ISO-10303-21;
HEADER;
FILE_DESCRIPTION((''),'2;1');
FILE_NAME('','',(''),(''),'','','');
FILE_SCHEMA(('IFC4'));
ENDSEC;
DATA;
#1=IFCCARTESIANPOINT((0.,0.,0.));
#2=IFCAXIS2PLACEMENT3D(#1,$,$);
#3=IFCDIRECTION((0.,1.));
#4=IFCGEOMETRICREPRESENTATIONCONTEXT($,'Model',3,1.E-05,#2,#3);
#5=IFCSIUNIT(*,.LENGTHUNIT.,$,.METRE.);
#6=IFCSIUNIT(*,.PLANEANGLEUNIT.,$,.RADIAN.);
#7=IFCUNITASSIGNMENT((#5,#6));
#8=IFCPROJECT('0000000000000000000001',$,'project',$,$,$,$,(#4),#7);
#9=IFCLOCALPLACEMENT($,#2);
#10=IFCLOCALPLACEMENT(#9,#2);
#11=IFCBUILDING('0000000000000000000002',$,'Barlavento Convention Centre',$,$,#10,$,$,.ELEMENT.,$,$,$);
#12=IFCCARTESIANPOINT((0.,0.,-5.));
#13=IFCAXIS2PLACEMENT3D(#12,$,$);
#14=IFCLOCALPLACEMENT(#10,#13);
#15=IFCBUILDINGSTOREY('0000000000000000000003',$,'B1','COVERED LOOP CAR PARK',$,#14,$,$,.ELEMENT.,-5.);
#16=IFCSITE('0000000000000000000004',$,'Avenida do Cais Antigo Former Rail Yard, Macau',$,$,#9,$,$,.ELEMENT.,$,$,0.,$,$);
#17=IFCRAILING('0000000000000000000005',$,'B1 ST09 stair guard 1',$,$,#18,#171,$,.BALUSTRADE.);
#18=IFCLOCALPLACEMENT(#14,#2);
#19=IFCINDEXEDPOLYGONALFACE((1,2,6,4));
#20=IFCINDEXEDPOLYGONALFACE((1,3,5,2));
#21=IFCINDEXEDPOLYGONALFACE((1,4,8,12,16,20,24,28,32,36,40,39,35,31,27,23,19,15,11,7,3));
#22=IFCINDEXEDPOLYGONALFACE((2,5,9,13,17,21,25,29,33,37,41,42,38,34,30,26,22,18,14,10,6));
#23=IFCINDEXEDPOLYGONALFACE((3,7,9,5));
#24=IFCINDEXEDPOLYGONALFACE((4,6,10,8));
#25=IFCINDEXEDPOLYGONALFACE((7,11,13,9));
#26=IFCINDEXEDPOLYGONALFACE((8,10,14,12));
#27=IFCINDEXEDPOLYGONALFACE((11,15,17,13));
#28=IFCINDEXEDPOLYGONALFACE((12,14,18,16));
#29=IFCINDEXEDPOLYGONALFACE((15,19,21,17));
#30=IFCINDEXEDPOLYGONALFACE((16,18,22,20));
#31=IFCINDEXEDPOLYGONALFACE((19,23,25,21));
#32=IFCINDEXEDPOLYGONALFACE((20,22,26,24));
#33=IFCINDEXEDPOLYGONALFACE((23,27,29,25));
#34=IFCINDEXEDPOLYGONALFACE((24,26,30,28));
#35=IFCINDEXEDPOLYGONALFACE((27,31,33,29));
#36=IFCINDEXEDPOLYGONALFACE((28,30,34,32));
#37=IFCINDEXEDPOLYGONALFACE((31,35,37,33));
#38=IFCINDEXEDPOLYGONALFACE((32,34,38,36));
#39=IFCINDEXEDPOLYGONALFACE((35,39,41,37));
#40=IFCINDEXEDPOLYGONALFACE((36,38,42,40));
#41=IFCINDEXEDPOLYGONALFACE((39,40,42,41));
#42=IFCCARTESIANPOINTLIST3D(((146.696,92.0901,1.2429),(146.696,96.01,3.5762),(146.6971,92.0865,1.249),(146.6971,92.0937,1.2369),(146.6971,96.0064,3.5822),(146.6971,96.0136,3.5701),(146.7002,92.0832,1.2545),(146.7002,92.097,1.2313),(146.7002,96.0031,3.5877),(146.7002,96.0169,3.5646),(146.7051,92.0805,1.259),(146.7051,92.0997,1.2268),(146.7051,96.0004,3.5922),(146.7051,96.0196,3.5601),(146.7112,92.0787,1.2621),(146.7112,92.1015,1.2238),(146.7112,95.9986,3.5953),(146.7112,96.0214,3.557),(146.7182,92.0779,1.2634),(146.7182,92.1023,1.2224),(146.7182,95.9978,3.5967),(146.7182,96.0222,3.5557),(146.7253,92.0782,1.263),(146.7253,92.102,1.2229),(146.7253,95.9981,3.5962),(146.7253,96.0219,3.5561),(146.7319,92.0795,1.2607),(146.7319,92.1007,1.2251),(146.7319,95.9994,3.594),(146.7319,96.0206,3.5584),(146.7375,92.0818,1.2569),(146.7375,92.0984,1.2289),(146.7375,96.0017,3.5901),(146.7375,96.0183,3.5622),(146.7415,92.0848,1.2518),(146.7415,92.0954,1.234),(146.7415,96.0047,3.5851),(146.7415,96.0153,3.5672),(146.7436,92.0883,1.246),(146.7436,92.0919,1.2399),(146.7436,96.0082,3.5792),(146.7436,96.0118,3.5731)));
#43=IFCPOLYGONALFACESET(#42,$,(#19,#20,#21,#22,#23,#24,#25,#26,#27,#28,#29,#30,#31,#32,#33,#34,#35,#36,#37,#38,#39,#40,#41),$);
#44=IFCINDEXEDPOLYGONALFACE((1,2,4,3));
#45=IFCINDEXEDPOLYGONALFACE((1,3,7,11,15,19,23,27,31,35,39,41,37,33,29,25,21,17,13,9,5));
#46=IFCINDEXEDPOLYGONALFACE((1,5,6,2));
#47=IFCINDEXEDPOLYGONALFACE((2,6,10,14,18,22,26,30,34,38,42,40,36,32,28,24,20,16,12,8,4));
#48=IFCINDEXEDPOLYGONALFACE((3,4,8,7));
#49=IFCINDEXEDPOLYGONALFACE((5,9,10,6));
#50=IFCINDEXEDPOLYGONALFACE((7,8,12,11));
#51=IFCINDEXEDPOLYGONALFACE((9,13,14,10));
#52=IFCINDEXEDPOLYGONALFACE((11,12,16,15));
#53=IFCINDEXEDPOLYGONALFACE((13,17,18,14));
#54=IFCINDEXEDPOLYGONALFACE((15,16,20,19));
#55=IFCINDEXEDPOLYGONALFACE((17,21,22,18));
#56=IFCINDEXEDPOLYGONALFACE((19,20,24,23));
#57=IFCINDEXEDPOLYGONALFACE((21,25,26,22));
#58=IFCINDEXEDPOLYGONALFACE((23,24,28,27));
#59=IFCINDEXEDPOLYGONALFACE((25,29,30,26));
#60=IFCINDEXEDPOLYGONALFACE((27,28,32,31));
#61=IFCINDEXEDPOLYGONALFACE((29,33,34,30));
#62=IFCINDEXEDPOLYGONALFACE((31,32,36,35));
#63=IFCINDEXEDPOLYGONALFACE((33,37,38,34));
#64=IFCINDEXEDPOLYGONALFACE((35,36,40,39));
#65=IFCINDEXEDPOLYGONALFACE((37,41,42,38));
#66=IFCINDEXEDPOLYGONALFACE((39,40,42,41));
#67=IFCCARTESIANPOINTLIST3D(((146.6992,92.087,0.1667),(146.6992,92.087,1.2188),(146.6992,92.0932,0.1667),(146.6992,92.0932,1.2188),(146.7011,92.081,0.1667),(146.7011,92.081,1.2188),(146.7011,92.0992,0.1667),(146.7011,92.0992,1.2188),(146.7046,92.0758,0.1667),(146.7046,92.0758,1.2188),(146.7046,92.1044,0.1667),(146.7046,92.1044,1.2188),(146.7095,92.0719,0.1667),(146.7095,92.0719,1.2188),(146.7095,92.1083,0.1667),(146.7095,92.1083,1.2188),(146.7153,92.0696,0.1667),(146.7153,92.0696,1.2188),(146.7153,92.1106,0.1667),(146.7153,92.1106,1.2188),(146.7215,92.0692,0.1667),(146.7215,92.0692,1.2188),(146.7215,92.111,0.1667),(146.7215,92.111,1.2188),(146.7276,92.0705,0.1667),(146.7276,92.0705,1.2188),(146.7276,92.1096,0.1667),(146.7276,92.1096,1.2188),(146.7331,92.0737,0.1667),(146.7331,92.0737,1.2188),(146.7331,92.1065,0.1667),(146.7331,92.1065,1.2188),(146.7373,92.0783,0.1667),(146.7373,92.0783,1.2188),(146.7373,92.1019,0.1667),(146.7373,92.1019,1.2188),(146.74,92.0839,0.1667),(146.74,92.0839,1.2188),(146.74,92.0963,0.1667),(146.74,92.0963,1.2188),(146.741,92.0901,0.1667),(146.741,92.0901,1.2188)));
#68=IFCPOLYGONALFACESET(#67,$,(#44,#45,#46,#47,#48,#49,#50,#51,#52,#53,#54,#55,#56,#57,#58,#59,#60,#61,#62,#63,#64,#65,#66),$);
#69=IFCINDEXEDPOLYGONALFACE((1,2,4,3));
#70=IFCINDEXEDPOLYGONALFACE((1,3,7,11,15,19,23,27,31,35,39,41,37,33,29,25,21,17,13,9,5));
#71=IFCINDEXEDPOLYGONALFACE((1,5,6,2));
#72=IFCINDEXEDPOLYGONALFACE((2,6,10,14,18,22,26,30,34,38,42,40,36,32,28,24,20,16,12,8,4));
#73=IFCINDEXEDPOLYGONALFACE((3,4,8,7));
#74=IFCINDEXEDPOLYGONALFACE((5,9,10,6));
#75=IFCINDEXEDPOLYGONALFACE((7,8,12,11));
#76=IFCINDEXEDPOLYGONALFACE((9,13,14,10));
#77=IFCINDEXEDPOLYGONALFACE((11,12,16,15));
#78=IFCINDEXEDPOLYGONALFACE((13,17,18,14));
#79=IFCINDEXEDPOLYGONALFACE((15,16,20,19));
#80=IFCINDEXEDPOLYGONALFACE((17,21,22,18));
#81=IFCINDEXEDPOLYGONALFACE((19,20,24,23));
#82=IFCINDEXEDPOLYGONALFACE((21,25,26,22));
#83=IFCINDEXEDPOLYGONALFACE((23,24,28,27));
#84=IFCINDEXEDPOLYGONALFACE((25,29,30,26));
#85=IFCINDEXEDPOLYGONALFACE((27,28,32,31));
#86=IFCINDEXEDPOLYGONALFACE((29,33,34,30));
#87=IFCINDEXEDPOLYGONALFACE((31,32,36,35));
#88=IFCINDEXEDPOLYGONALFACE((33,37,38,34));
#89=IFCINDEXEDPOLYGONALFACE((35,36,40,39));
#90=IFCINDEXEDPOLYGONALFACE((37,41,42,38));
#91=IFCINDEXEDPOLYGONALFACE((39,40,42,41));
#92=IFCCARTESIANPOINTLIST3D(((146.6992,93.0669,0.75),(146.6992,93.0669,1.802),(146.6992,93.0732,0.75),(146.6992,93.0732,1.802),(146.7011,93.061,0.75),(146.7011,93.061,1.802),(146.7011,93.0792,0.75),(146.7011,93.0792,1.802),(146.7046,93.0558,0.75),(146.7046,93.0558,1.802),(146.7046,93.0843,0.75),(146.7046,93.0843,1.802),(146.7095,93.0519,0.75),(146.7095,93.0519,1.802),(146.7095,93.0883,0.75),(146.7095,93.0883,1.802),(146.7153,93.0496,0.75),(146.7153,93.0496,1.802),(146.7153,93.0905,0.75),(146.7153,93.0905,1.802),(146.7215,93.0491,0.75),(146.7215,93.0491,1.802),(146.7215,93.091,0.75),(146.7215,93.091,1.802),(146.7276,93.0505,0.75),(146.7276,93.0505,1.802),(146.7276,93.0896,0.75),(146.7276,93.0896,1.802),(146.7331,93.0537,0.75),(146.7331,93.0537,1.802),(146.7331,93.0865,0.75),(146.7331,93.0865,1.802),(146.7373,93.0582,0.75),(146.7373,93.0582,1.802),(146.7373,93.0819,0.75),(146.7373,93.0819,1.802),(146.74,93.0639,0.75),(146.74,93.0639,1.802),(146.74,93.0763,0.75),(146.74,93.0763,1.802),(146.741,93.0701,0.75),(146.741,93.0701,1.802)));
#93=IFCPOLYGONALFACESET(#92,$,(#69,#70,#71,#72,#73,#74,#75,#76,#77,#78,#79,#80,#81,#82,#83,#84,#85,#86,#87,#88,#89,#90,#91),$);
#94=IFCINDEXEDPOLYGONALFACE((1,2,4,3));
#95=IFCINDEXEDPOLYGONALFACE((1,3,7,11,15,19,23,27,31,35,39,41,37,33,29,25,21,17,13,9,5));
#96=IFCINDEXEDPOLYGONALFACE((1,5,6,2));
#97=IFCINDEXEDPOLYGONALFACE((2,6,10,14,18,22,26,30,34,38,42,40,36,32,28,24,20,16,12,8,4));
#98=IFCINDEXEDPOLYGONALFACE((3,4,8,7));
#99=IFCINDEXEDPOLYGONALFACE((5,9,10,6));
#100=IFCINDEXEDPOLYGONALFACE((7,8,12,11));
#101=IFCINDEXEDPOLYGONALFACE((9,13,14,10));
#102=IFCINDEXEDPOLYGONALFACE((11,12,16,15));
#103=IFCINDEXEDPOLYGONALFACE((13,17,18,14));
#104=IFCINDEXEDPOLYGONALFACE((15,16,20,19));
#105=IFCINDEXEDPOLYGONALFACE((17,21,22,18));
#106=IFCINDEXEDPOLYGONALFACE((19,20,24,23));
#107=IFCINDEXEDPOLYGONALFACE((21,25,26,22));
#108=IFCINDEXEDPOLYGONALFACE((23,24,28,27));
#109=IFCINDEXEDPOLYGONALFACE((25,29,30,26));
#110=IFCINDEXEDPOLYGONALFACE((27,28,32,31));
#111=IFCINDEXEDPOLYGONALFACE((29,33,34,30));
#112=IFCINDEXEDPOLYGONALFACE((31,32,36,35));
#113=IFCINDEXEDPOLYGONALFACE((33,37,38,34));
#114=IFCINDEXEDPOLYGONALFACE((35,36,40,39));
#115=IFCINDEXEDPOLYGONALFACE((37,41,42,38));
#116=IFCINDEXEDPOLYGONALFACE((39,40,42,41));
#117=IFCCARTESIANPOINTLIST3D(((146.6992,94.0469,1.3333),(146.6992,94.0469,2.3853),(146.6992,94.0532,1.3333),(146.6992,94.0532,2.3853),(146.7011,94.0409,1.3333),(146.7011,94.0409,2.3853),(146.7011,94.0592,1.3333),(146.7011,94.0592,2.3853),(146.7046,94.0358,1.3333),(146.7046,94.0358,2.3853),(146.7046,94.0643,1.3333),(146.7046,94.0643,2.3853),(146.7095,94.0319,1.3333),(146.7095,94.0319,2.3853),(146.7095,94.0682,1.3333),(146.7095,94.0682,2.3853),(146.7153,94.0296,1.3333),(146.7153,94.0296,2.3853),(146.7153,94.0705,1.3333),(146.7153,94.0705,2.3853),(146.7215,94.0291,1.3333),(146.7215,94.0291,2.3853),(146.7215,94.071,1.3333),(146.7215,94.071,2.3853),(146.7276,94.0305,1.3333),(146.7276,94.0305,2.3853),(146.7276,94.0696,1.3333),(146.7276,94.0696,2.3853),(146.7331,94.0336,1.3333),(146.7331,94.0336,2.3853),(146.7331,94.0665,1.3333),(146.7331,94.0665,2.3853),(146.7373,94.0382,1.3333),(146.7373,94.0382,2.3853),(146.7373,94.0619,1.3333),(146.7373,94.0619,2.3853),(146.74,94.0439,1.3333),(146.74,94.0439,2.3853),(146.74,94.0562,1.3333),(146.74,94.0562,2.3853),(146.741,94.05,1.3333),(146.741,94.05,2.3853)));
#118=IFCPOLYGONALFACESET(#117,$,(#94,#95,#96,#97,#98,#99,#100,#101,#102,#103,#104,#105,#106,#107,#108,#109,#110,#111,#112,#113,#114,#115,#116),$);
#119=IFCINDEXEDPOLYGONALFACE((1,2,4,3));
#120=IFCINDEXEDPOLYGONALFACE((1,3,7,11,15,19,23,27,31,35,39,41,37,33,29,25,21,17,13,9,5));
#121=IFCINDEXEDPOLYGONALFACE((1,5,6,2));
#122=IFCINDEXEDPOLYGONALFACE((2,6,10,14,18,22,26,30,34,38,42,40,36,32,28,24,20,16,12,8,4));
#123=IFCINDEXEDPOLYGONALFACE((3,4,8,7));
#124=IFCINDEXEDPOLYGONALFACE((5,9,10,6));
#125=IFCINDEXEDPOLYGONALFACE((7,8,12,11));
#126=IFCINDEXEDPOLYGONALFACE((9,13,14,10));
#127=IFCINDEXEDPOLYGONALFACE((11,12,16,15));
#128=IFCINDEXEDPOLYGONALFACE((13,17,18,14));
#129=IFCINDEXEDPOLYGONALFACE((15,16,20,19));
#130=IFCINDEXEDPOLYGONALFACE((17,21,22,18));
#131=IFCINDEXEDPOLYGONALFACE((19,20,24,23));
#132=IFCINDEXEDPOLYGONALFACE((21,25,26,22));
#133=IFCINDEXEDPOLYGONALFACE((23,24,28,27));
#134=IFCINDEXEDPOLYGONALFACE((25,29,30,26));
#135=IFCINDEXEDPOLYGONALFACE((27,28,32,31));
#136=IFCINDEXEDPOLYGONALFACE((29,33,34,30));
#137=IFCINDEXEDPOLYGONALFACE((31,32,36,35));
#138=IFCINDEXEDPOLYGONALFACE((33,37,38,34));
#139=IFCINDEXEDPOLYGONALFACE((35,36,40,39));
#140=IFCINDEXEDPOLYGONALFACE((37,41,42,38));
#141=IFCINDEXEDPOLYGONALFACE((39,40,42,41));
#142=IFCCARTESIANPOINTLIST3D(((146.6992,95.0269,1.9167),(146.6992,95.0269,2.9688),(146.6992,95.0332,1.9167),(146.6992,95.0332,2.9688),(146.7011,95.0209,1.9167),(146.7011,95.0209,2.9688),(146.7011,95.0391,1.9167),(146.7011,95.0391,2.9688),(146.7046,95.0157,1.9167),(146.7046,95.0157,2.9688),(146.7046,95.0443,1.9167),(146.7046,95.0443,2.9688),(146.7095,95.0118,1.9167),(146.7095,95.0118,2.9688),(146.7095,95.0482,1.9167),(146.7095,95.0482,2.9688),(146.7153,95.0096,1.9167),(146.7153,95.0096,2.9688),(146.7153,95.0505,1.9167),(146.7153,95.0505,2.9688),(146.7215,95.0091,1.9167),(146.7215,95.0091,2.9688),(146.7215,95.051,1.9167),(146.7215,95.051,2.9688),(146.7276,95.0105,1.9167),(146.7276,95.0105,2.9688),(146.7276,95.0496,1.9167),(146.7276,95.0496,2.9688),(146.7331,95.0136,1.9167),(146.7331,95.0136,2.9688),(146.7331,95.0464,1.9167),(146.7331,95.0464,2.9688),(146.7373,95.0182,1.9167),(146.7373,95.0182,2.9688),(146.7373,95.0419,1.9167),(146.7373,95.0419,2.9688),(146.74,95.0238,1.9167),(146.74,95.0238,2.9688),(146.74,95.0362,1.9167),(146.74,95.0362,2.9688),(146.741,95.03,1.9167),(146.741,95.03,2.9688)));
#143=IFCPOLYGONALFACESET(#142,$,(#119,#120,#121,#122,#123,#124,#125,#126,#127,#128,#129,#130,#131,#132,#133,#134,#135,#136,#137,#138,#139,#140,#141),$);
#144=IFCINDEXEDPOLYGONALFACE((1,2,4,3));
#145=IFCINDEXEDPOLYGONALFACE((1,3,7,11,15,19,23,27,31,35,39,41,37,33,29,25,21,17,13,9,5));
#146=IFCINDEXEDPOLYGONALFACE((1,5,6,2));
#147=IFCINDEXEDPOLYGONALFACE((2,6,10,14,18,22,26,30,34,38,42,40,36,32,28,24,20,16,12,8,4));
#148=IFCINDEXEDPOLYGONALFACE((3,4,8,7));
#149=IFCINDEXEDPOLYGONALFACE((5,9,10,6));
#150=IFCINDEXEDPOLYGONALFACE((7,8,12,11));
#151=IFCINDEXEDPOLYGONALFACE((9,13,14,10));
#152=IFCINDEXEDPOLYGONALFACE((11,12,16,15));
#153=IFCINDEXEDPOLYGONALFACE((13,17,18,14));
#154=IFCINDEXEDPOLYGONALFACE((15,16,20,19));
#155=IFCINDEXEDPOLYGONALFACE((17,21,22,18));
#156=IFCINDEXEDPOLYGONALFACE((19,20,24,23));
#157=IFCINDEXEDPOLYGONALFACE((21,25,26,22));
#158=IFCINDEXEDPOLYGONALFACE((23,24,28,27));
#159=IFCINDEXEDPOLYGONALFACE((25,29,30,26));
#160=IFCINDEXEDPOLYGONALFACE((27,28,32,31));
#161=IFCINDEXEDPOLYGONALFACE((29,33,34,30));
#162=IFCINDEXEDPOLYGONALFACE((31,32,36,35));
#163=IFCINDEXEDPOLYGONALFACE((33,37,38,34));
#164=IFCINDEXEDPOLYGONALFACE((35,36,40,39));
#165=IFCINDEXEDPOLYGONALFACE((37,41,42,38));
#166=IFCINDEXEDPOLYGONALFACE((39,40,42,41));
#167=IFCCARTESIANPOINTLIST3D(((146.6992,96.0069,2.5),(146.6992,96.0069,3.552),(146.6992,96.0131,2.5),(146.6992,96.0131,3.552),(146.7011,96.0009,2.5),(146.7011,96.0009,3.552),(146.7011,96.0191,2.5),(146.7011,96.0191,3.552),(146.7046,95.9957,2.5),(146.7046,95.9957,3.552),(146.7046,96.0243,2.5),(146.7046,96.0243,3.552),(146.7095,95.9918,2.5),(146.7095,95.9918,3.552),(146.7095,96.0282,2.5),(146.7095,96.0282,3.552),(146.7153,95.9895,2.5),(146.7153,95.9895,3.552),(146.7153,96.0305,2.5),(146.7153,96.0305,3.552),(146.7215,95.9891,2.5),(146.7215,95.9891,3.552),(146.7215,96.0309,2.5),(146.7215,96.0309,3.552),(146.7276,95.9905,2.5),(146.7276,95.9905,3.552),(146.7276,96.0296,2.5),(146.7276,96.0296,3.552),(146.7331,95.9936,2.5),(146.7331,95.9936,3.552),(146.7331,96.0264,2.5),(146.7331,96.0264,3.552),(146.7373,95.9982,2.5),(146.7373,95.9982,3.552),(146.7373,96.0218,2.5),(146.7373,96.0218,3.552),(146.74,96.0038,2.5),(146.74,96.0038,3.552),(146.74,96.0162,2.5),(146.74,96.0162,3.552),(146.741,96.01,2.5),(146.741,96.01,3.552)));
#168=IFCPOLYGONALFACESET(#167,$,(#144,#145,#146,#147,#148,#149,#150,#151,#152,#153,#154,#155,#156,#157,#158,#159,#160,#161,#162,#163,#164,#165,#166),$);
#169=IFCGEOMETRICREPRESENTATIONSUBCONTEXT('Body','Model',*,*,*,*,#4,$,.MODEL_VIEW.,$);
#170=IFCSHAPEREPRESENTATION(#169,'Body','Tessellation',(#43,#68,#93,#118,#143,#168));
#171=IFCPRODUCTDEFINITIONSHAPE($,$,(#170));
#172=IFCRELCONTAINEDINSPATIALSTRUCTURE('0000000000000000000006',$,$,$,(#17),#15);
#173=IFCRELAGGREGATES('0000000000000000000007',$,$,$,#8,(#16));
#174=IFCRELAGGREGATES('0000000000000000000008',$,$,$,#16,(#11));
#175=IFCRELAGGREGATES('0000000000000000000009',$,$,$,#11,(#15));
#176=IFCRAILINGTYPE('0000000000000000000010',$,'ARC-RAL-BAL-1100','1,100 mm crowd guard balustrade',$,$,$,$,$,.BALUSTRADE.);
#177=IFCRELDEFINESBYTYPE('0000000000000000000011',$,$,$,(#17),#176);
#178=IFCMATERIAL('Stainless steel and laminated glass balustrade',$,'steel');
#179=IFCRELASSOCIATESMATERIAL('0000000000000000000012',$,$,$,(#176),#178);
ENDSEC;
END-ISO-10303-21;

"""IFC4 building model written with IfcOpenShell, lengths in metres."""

from ifc_helpers import new_model, si_unit, direction, frame, origin, origin_2d, place, context, subcontext, project, spatial, circle, extrude, material, type_object, element, save


model = new_model("IFC4")

# Units and contexts
model_context = context("Model", 3, precision=1e-05, world=origin(), true_north=direction((0.0, 1.0)))
body_context = subcontext(model_context, "Body", "Model", "MODEL_VIEW")
ifc_project = project(units=[si_unit("LENGTHUNIT", "METRE"), si_unit("PLANEANGLEUNIT", "RADIAN")], contexts=[model_context])

# Site, building, storey
site_placement = place(None, origin())
site = spatial("IfcSite", under=ifc_project, at=site_placement, Name="Avenida do Cais Antigo Former Rail Yard, Macau", CompositionType="ELEMENT", RefElevation=0.0)
building_placement = place(site_placement, origin())
building = spatial("IfcBuilding", under=site, at=building_placement, Name="Barlavento Convention Centre", CompositionType="ELEMENT")
storey_placement = place(building_placement, frame((0.0, 0.0, -5.0)))
storey = spatial("IfcBuildingStorey", under=building, at=storey_placement, Name="B1", Description="COVERED LOOP CAR PARK", CompositionType="ELEMENT", Elevation=-5.0)

# Railing
ifc_material_1 = material(Name="Stainless steel and laminated glass balustrade", Category="steel")
railing_type_1 = type_object("IfcRailingType", Name="ARC-RAL-BAL-1100", Description="1,100 mm crowd guard balustrade", PredefinedType="BALUSTRADE", material=ifc_material_1)
railing_1_placement = place(storey_placement, frame((146.72, 92.0901, 0.1667)))
element("IfcRailing", 1, at=railing_1_placement, inside=storey, type_object=railing_type_1, Name="B1 ST09 stair guard 1", PredefinedType="BALUSTRADE", context=body_context, shape_type="SweptSolid", body=[
    extrude(circle(Radius=0.0239, at=origin_2d()), frame((0.0, 0.0, 1.0762), z_axis=(0.0, 0.859296, 0.511478), x_axis=(-1.0, 0.0, 0.0)), (0.0, 0.0, 1.0), 4.5618),
    extrude(circle(Radius=0.021, at=origin_2d()), origin(), (0.0, 0.0, 1.0), 1.052),
    extrude(circle(Radius=0.021, at=origin_2d()), frame((0.0, 0.98, 0.5833)), (0.0, 0.0, 1.0), 1.052),
    extrude(circle(Radius=0.021, at=origin_2d()), frame((0.0, 1.96, 1.1665)), (0.0, 0.0, 1.0), 1.052),
    extrude(circle(Radius=0.021, at=origin_2d()), frame((0.0, 2.9399, 1.75)), (0.0, 0.0, 1.0), 1.052),
    extrude(circle(Radius=0.021, at=origin_2d()), frame((0.0, 3.9199, 2.3333)), (0.0, 0.0, 1.0), 1.052),
])

save(model, "model.ifc")
